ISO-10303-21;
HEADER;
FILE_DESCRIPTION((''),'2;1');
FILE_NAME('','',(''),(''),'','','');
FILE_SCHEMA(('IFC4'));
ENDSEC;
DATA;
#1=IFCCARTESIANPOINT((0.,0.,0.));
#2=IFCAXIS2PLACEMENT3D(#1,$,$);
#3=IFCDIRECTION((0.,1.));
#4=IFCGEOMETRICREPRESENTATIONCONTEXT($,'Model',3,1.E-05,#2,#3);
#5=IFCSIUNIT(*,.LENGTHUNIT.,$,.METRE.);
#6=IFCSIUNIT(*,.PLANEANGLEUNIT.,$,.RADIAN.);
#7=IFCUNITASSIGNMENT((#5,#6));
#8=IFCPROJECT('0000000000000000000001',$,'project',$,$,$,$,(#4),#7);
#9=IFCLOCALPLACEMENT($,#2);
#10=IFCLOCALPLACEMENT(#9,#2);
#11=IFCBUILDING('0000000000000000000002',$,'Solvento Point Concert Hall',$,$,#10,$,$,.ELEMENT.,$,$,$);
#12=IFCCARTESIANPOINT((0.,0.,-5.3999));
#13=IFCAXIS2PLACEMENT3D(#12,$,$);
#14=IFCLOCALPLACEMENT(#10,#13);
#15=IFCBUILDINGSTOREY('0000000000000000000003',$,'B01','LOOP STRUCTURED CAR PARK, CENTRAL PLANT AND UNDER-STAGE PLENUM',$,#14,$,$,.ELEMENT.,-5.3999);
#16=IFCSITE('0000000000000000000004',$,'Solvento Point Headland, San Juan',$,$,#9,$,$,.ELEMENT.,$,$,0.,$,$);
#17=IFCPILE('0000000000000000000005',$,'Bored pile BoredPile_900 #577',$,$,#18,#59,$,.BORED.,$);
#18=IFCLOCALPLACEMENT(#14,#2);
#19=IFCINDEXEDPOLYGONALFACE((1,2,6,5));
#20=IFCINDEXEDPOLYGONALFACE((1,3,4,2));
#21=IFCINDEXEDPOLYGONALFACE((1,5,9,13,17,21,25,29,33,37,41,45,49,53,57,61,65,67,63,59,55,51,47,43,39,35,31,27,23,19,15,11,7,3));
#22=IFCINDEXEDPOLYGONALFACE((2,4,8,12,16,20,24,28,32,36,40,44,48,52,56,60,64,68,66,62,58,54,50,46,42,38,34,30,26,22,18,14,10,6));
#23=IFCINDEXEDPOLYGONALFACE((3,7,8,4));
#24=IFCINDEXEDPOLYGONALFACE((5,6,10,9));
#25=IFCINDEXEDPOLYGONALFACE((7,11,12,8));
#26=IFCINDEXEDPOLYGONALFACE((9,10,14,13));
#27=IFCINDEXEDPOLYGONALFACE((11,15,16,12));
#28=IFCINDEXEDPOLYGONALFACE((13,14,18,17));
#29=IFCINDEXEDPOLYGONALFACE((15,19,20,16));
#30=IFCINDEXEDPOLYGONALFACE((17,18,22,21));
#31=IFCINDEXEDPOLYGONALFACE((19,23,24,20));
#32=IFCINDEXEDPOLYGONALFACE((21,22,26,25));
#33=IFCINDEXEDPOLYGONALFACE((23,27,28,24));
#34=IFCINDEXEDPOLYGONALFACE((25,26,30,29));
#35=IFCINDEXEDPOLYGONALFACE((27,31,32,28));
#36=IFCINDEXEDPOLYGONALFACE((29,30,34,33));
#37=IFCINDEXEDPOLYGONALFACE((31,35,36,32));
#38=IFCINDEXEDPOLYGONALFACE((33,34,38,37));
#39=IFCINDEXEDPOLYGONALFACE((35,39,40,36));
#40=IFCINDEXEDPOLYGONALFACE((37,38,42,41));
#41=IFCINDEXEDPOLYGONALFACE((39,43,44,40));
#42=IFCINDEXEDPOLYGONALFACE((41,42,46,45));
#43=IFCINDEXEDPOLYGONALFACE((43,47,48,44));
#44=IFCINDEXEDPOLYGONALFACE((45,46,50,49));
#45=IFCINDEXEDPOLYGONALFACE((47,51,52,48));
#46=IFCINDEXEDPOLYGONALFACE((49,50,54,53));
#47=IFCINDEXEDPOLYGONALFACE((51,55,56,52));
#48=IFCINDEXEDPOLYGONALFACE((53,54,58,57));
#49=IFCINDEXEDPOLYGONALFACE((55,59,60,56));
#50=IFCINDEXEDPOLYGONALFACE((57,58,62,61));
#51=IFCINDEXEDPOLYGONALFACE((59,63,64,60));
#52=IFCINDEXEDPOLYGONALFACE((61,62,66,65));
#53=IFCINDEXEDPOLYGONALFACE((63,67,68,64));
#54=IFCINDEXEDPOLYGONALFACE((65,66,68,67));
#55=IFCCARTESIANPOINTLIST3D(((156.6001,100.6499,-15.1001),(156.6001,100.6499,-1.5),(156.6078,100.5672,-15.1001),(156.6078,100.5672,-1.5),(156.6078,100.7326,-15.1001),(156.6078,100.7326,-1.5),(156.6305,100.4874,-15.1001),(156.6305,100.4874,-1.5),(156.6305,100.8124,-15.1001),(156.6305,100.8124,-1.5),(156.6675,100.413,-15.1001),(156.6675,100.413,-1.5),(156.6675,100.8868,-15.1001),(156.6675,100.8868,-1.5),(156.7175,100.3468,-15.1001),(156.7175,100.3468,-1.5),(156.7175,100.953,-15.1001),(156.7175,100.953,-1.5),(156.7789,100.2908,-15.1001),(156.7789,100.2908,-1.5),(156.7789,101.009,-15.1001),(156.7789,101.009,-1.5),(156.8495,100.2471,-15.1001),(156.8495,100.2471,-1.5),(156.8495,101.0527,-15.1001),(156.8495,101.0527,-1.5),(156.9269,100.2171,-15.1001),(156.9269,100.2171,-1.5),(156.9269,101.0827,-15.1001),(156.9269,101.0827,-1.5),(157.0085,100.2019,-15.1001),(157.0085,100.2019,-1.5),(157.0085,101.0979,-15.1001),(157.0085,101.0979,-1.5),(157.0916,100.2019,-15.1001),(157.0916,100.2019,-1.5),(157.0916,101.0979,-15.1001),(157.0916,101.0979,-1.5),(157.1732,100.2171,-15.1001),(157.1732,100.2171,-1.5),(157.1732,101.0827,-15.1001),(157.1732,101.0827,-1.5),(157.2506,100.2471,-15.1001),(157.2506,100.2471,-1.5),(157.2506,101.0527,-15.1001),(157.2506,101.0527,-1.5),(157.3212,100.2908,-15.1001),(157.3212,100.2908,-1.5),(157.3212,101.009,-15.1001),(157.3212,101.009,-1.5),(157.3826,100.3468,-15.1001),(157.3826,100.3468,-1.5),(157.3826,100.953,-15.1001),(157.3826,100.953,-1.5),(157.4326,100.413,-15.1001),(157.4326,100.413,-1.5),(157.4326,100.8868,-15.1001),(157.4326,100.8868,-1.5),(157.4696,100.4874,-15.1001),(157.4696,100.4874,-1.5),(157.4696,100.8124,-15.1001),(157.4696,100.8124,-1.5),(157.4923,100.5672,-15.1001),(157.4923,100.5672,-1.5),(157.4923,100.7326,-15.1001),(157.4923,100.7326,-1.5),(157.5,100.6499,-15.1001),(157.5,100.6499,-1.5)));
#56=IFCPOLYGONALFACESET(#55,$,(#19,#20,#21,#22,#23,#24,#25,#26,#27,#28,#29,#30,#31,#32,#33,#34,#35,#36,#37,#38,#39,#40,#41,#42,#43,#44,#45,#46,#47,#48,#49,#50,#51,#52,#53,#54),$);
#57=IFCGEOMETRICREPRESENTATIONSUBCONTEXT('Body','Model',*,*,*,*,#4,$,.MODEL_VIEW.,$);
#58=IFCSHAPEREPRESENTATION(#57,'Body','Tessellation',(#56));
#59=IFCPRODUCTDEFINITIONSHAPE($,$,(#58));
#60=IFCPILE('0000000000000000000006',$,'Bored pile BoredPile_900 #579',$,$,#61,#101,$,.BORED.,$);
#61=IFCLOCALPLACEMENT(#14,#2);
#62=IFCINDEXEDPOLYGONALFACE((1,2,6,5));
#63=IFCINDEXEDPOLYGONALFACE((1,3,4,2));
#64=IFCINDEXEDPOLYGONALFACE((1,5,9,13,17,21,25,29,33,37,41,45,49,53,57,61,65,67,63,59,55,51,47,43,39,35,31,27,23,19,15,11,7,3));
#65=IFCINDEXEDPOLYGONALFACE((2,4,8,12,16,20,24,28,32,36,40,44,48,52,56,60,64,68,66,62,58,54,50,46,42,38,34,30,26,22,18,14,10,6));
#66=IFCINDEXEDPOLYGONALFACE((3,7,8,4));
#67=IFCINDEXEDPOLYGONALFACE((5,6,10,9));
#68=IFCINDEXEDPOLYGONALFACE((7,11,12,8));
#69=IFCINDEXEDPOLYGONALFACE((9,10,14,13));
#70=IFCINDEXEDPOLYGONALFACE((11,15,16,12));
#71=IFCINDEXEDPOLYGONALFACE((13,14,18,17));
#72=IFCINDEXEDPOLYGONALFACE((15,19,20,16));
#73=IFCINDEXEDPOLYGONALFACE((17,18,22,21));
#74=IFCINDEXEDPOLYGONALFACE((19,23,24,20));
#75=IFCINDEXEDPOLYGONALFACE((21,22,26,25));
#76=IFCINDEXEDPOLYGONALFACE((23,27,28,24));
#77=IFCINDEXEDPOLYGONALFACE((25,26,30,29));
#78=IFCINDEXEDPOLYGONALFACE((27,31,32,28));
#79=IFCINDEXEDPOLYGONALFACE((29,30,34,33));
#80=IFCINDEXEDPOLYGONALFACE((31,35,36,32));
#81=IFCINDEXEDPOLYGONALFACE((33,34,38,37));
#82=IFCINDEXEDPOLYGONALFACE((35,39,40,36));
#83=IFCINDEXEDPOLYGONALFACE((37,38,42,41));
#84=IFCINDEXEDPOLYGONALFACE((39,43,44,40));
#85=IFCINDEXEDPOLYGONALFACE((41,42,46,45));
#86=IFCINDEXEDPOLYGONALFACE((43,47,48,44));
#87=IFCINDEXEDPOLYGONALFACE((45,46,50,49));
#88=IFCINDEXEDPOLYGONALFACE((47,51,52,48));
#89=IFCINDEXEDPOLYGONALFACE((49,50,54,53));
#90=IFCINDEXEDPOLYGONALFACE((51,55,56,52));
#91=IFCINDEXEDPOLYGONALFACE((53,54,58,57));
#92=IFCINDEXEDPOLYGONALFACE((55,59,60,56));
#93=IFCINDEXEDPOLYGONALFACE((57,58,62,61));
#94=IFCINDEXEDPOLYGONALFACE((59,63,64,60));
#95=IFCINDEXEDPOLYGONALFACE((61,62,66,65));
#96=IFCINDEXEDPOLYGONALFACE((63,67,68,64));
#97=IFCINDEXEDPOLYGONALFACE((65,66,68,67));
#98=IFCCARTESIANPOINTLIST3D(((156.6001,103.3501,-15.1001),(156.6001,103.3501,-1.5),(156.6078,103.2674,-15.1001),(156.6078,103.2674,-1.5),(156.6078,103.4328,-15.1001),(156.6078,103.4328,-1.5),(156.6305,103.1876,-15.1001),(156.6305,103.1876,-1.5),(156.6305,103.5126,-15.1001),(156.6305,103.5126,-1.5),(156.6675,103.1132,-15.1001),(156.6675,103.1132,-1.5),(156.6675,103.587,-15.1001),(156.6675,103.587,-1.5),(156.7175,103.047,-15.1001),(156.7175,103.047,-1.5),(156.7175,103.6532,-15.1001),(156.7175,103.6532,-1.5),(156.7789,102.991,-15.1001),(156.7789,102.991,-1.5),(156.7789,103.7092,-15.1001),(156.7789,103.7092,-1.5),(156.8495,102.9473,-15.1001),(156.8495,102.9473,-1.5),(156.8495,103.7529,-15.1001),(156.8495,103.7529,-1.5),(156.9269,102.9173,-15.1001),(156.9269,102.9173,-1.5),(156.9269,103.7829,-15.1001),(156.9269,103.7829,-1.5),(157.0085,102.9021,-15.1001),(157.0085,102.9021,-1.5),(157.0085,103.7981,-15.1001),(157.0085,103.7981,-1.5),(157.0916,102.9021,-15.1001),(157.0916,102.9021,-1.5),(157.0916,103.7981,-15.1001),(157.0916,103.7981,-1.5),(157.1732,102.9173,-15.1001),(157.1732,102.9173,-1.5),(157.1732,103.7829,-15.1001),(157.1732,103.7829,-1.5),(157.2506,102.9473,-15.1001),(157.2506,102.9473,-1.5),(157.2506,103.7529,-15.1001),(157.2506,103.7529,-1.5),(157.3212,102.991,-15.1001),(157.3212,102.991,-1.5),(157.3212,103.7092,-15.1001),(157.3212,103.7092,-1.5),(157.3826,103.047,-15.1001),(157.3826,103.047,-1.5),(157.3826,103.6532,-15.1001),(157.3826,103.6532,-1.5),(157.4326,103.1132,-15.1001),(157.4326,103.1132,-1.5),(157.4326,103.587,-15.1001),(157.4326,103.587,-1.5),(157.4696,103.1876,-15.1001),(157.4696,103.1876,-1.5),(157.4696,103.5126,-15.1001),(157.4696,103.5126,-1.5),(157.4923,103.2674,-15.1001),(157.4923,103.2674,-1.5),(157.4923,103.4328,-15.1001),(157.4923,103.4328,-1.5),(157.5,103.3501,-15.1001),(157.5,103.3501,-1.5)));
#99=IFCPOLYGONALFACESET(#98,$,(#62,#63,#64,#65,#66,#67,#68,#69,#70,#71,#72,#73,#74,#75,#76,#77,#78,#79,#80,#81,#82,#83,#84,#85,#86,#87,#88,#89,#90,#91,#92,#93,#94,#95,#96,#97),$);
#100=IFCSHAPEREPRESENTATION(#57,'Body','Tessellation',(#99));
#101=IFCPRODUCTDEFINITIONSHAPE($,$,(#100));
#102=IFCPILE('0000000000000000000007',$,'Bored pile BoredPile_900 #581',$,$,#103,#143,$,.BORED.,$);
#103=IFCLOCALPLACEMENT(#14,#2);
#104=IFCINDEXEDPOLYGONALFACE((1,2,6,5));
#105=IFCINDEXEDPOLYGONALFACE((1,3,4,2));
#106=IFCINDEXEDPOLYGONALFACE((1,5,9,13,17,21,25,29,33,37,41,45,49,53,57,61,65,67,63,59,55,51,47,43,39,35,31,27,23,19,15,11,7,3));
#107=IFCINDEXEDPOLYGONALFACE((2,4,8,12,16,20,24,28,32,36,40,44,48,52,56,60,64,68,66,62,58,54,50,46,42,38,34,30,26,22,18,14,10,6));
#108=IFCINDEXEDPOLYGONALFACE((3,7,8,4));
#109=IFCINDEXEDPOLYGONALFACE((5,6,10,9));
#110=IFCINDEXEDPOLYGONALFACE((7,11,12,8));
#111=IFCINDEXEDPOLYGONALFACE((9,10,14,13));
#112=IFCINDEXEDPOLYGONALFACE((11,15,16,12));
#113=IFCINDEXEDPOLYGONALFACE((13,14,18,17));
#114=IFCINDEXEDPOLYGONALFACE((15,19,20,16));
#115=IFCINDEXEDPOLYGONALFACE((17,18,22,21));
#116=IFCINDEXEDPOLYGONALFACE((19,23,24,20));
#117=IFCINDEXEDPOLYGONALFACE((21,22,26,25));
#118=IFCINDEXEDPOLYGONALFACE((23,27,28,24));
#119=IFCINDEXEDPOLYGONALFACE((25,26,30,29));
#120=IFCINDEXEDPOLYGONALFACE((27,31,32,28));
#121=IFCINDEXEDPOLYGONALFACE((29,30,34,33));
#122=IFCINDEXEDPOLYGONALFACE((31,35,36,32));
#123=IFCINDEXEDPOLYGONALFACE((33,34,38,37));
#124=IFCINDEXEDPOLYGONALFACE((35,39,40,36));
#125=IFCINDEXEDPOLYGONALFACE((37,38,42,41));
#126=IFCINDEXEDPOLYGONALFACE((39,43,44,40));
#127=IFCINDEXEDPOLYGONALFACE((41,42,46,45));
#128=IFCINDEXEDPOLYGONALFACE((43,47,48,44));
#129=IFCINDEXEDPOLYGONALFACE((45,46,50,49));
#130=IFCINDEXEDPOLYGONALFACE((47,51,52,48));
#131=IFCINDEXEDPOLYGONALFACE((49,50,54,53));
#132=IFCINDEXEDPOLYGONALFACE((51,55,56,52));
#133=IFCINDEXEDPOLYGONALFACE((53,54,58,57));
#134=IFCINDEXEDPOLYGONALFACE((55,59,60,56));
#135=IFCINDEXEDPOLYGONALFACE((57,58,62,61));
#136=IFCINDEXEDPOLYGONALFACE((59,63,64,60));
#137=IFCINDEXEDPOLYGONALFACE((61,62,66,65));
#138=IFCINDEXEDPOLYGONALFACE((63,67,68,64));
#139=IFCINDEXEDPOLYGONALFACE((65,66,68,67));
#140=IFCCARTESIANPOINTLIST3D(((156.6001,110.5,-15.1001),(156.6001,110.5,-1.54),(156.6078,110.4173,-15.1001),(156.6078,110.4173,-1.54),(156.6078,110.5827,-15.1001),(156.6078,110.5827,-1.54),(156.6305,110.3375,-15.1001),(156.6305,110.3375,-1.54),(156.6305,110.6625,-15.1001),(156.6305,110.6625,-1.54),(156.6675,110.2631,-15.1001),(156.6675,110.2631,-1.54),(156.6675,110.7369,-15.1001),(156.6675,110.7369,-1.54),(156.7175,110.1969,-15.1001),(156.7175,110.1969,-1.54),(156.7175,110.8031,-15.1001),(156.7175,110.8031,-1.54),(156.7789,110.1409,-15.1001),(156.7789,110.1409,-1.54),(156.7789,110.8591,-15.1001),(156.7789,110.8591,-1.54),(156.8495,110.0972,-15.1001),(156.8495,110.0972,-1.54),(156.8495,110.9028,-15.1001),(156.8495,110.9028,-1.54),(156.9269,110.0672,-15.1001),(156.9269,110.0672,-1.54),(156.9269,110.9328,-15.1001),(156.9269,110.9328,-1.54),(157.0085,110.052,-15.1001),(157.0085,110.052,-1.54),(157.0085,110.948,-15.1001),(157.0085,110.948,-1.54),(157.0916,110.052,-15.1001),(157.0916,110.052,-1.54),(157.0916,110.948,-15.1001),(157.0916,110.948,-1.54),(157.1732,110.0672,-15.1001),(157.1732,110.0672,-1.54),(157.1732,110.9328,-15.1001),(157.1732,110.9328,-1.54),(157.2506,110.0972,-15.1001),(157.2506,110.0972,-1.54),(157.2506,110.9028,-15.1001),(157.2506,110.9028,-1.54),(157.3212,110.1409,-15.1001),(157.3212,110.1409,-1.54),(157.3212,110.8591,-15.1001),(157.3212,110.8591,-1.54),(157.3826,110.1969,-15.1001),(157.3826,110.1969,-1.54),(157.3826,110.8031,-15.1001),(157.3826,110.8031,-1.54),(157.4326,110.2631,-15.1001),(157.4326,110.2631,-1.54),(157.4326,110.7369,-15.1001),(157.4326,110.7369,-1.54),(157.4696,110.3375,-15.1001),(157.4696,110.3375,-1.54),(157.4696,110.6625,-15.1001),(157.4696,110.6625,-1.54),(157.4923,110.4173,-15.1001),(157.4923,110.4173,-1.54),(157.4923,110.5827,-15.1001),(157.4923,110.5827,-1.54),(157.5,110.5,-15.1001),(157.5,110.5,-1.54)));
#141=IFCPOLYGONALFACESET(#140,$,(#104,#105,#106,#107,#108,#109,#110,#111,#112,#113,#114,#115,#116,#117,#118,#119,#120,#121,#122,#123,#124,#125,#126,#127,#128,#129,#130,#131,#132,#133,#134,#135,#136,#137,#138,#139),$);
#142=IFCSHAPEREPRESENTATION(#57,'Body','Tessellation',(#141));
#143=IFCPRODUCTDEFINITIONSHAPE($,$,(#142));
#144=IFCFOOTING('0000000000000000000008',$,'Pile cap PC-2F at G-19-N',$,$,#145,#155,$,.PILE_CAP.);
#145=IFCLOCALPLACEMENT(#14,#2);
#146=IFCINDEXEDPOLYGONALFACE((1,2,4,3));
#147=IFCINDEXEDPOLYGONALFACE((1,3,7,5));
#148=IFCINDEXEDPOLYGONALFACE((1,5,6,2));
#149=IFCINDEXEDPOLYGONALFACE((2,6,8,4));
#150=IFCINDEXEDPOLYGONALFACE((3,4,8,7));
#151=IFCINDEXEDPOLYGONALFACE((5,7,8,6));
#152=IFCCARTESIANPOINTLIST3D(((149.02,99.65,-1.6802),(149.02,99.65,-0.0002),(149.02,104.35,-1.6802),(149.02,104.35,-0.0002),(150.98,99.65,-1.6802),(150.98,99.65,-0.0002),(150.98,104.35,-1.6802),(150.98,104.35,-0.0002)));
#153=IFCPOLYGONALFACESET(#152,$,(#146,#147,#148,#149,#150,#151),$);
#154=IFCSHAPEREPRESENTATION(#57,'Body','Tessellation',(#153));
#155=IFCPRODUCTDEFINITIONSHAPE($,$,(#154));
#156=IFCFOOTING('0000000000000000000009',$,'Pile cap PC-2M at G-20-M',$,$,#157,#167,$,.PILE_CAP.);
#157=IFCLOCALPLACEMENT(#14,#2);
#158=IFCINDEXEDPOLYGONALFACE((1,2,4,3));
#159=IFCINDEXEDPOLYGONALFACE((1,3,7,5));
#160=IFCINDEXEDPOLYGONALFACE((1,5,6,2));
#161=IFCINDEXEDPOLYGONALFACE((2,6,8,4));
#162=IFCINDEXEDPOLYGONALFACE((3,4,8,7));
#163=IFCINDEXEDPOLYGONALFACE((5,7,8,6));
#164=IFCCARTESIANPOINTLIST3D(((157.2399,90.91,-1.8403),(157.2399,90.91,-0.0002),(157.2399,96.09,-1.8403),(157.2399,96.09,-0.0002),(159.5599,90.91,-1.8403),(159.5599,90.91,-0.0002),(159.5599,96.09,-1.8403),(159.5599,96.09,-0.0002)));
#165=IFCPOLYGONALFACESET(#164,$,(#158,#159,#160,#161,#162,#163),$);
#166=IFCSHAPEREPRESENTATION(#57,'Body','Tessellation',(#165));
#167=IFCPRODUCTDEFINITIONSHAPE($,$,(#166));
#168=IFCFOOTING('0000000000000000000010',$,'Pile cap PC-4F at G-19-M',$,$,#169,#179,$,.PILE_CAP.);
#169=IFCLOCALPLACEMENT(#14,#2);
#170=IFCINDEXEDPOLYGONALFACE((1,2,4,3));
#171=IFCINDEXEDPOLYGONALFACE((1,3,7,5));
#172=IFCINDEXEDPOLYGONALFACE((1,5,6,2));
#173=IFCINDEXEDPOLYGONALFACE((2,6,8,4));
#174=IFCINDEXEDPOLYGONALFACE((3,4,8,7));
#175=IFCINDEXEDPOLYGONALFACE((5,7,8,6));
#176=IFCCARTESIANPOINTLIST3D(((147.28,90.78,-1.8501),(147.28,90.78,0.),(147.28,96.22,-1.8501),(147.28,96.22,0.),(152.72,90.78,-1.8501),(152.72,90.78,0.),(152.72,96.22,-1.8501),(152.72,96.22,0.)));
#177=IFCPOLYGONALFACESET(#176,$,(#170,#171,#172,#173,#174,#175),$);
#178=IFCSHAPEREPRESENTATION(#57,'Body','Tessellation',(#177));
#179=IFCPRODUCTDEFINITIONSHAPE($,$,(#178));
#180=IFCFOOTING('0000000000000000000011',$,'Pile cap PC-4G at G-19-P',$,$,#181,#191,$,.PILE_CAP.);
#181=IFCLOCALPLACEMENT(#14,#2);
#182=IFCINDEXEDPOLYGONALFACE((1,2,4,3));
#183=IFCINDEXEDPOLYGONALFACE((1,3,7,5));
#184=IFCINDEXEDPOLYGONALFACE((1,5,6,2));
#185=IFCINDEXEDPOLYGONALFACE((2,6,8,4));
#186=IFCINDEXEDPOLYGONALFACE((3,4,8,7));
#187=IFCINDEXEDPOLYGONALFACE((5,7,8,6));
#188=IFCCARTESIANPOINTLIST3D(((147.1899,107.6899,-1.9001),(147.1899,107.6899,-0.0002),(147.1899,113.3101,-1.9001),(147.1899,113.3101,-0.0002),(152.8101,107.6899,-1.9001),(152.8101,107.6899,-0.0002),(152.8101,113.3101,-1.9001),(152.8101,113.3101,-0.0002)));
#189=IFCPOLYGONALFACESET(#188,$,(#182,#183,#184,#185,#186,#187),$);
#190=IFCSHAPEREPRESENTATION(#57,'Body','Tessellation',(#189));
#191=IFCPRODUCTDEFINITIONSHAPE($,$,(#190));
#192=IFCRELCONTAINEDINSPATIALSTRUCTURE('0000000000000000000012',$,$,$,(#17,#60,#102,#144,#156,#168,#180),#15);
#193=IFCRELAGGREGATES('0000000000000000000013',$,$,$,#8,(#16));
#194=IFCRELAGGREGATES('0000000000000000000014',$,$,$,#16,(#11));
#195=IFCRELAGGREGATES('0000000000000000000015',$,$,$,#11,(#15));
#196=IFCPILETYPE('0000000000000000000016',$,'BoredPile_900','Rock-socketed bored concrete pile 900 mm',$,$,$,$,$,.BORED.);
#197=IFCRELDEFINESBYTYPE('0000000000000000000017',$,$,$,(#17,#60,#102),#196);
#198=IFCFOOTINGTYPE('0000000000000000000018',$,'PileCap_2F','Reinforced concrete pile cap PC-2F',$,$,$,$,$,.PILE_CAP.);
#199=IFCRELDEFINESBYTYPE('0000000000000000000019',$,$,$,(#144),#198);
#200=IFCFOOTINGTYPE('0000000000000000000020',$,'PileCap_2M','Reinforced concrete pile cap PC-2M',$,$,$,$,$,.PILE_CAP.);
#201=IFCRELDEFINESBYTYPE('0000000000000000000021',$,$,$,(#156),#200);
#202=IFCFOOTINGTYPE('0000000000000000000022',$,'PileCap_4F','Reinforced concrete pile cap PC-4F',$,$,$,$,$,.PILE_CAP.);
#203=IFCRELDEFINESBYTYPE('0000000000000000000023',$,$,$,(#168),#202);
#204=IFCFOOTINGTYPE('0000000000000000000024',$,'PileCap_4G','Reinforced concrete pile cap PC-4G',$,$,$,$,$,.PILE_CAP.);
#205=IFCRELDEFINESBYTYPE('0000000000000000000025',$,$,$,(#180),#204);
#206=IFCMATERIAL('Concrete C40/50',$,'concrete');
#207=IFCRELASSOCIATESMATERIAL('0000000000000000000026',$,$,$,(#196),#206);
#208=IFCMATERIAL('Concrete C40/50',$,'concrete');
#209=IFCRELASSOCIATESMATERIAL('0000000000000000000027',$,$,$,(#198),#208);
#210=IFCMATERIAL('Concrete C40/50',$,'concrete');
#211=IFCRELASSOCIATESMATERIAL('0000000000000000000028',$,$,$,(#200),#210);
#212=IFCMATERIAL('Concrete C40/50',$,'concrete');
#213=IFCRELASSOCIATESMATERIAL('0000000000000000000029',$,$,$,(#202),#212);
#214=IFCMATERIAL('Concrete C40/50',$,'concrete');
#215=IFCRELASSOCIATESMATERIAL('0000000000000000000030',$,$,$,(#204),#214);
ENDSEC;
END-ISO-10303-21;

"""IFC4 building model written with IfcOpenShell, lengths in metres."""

from ifc_helpers import new_model, si_unit, direction, frame, origin, origin_2d, place, context, subcontext, project, spatial, rectangle, circle, extrude, material, material_profile, profile_set, type_object, element, save


model = new_model("IFC4")

# Units and contexts
model_context = context("Model", 3, precision=1e-05, world=origin(), true_north=direction((0.0, 1.0)))
body_context = subcontext(model_context, "Body", "Model", "MODEL_VIEW")
ifc_project = project(units=[si_unit("LENGTHUNIT", "METRE"), si_unit("PLANEANGLEUNIT", "RADIAN")], contexts=[model_context])

# Site, building, storey
site_placement = place(None, origin())
site = spatial("IfcSite", under=ifc_project, at=site_placement, Name="Solvento Point Headland, San Juan", CompositionType="ELEMENT", RefElevation=0.0)
building_placement = place(site_placement, origin())
building = spatial("IfcBuilding", under=site, at=building_placement, Name="Solvento Point Concert Hall", CompositionType="ELEMENT")
storey_placement = place(building_placement, frame((0.0, 0.0, -5.3999)))
storey = spatial("IfcBuildingStorey", under=building, at=storey_placement, Name="B01", Description="LOOP STRUCTURED CAR PARK, CENTRAL PLANT AND UNDER-STAGE PLENUM", CompositionType="ELEMENT", Elevation=-5.3999)

# Piles
ifc_material_1 = material(Name="Concrete C40/50", Category="concrete")
ifc_material_profile_1 = material_profile(ifc_material_1, circle(Radius=0.45, at=origin_2d()), Name="BP-900")
ifc_profile_set_1 = profile_set([ifc_material_profile_1], Name="Concrete C40/50")
pile_type_1 = type_object("IfcPileType", Name="BoredPile_900", Description="Rock-socketed bored concrete pile 900 mm", PredefinedType="BORED", material=ifc_profile_set_1)
for number, where, z_axis, x_axis, name in (
    (1, (157.05, 100.6499, -1.5), (0.0, 0.0, -1.0), (1.0, 0.0, 0.0), "Bored pile BoredPile_900 #577"),
    (2, (157.05, 103.3501, -1.5), (0.0, 0.0, -1.0), (1.0, 0.0, 0.0), "Bored pile BoredPile_900 #579"),
):
    element("IfcPile", number, at=place(storey_placement, frame(where, z_axis=z_axis, x_axis=x_axis)), inside=storey, type_object=pile_type_1, Name=name, PredefinedType="BORED", context=body_context, shape_type="SweptSolid", body=[
        extrude(circle(Radius=0.45, at=origin_2d()), origin(), (0.0, 0.0, 1.0), 13.6001),
    ])
pile_placement = place(storey_placement, frame((157.05, 110.5, -1.54), z_axis=(0.0, 0.0, -1.0), x_axis=(1.0, 0.0, 0.0)))
element("IfcPile", 3, at=pile_placement, inside=storey, type_object=pile_type_1, Name="Bored pile BoredPile_900 #581", PredefinedType="BORED", context=body_context, shape_type="SweptSolid", body=[
    extrude(circle(Radius=0.45, at=origin_2d()), origin(), (0.0, 0.0, 1.0), 13.5601),
])

# Footings
ifc_material_2 = material(Name="Concrete C40/50", Category="concrete")
footing_type_1 = type_object("IfcFootingType", Name="PileCap_2F", Description="Reinforced concrete pile cap PC-2F", PredefinedType="PILE_CAP", material=ifc_material_2)
footing_1_placement = place(storey_placement, frame((150.0, 102.0, -1.6802), z_axis=(0.0, 0.0, 1.0), x_axis=(1.0, 0.0, 0.0)))
element("IfcFooting", 4, at=footing_1_placement, inside=storey, type_object=footing_type_1, Name="Pile cap PC-2F at G-19-N", PredefinedType="PILE_CAP", context=body_context, shape_type="SweptSolid", body=[
    extrude(rectangle(XDim=1.96, YDim=4.7, at=origin_2d()), origin(), (0.0, 0.0, 1.0), 1.6799),
])
ifc_material_3 = material(Name="Concrete C40/50", Category="concrete")
footing_type_2 = type_object("IfcFootingType", Name="PileCap_2M", Description="Reinforced concrete pile cap PC-2M", PredefinedType="PILE_CAP", material=ifc_material_3)
footing_2_placement = place(storey_placement, frame((158.3999, 93.5, -1.8403), z_axis=(0.0, 0.0, 1.0), x_axis=(1.0, 0.0, 0.0)))
element("IfcFooting", 5, at=footing_2_placement, inside=storey, type_object=footing_type_2, Name="Pile cap PC-2M at G-20-M", PredefinedType="PILE_CAP", context=body_context, shape_type="SweptSolid", body=[
    extrude(rectangle(XDim=2.3201, YDim=5.1799, at=origin_2d()), origin(), (0.0, 0.0, 1.0), 1.8401),
])
ifc_material_4 = material(Name="Concrete C40/50", Category="concrete")
footing_type_3 = type_object("IfcFootingType", Name="PileCap_4F", Description="Reinforced concrete pile cap PC-4F", PredefinedType="PILE_CAP", material=ifc_material_4)
footing_3_placement = place(storey_placement, frame((150.0, 93.5, -1.8501), z_axis=(0.0, 0.0, 1.0), x_axis=(1.0, 0.0, 0.0)))
element("IfcFooting", 6, at=footing_3_placement, inside=storey, type_object=footing_type_3, Name="Pile cap PC-4F at G-19-M", PredefinedType="PILE_CAP", context=body_context, shape_type="SweptSolid", body=[
    extrude(rectangle(XDim=5.4399, YDim=5.4399, at=origin_2d()), origin(), (0.0, 0.0, 1.0), 1.8501),
])
ifc_material_5 = material(Name="Concrete C40/50", Category="concrete")
footing_type_4 = type_object("IfcFootingType", Name="PileCap_4G", Description="Reinforced concrete pile cap PC-4G", PredefinedType="PILE_CAP", material=ifc_material_5)
footing_4_placement = place(storey_placement, frame((150.0, 110.5, -1.9001), z_axis=(0.0, 0.0, 1.0), x_axis=(1.0, 0.0, 0.0)))
element("IfcFooting", 7, at=footing_4_placement, inside=storey, type_object=footing_type_4, Name="Pile cap PC-4G at G-19-P", PredefinedType="PILE_CAP", context=body_context, shape_type="SweptSolid", body=[
    extrude(rectangle(XDim=5.6201, YDim=5.6201, at=origin_2d()), origin(), (0.0, 0.0, 1.0), 1.8999),
])

save(model, "model.ifc")
